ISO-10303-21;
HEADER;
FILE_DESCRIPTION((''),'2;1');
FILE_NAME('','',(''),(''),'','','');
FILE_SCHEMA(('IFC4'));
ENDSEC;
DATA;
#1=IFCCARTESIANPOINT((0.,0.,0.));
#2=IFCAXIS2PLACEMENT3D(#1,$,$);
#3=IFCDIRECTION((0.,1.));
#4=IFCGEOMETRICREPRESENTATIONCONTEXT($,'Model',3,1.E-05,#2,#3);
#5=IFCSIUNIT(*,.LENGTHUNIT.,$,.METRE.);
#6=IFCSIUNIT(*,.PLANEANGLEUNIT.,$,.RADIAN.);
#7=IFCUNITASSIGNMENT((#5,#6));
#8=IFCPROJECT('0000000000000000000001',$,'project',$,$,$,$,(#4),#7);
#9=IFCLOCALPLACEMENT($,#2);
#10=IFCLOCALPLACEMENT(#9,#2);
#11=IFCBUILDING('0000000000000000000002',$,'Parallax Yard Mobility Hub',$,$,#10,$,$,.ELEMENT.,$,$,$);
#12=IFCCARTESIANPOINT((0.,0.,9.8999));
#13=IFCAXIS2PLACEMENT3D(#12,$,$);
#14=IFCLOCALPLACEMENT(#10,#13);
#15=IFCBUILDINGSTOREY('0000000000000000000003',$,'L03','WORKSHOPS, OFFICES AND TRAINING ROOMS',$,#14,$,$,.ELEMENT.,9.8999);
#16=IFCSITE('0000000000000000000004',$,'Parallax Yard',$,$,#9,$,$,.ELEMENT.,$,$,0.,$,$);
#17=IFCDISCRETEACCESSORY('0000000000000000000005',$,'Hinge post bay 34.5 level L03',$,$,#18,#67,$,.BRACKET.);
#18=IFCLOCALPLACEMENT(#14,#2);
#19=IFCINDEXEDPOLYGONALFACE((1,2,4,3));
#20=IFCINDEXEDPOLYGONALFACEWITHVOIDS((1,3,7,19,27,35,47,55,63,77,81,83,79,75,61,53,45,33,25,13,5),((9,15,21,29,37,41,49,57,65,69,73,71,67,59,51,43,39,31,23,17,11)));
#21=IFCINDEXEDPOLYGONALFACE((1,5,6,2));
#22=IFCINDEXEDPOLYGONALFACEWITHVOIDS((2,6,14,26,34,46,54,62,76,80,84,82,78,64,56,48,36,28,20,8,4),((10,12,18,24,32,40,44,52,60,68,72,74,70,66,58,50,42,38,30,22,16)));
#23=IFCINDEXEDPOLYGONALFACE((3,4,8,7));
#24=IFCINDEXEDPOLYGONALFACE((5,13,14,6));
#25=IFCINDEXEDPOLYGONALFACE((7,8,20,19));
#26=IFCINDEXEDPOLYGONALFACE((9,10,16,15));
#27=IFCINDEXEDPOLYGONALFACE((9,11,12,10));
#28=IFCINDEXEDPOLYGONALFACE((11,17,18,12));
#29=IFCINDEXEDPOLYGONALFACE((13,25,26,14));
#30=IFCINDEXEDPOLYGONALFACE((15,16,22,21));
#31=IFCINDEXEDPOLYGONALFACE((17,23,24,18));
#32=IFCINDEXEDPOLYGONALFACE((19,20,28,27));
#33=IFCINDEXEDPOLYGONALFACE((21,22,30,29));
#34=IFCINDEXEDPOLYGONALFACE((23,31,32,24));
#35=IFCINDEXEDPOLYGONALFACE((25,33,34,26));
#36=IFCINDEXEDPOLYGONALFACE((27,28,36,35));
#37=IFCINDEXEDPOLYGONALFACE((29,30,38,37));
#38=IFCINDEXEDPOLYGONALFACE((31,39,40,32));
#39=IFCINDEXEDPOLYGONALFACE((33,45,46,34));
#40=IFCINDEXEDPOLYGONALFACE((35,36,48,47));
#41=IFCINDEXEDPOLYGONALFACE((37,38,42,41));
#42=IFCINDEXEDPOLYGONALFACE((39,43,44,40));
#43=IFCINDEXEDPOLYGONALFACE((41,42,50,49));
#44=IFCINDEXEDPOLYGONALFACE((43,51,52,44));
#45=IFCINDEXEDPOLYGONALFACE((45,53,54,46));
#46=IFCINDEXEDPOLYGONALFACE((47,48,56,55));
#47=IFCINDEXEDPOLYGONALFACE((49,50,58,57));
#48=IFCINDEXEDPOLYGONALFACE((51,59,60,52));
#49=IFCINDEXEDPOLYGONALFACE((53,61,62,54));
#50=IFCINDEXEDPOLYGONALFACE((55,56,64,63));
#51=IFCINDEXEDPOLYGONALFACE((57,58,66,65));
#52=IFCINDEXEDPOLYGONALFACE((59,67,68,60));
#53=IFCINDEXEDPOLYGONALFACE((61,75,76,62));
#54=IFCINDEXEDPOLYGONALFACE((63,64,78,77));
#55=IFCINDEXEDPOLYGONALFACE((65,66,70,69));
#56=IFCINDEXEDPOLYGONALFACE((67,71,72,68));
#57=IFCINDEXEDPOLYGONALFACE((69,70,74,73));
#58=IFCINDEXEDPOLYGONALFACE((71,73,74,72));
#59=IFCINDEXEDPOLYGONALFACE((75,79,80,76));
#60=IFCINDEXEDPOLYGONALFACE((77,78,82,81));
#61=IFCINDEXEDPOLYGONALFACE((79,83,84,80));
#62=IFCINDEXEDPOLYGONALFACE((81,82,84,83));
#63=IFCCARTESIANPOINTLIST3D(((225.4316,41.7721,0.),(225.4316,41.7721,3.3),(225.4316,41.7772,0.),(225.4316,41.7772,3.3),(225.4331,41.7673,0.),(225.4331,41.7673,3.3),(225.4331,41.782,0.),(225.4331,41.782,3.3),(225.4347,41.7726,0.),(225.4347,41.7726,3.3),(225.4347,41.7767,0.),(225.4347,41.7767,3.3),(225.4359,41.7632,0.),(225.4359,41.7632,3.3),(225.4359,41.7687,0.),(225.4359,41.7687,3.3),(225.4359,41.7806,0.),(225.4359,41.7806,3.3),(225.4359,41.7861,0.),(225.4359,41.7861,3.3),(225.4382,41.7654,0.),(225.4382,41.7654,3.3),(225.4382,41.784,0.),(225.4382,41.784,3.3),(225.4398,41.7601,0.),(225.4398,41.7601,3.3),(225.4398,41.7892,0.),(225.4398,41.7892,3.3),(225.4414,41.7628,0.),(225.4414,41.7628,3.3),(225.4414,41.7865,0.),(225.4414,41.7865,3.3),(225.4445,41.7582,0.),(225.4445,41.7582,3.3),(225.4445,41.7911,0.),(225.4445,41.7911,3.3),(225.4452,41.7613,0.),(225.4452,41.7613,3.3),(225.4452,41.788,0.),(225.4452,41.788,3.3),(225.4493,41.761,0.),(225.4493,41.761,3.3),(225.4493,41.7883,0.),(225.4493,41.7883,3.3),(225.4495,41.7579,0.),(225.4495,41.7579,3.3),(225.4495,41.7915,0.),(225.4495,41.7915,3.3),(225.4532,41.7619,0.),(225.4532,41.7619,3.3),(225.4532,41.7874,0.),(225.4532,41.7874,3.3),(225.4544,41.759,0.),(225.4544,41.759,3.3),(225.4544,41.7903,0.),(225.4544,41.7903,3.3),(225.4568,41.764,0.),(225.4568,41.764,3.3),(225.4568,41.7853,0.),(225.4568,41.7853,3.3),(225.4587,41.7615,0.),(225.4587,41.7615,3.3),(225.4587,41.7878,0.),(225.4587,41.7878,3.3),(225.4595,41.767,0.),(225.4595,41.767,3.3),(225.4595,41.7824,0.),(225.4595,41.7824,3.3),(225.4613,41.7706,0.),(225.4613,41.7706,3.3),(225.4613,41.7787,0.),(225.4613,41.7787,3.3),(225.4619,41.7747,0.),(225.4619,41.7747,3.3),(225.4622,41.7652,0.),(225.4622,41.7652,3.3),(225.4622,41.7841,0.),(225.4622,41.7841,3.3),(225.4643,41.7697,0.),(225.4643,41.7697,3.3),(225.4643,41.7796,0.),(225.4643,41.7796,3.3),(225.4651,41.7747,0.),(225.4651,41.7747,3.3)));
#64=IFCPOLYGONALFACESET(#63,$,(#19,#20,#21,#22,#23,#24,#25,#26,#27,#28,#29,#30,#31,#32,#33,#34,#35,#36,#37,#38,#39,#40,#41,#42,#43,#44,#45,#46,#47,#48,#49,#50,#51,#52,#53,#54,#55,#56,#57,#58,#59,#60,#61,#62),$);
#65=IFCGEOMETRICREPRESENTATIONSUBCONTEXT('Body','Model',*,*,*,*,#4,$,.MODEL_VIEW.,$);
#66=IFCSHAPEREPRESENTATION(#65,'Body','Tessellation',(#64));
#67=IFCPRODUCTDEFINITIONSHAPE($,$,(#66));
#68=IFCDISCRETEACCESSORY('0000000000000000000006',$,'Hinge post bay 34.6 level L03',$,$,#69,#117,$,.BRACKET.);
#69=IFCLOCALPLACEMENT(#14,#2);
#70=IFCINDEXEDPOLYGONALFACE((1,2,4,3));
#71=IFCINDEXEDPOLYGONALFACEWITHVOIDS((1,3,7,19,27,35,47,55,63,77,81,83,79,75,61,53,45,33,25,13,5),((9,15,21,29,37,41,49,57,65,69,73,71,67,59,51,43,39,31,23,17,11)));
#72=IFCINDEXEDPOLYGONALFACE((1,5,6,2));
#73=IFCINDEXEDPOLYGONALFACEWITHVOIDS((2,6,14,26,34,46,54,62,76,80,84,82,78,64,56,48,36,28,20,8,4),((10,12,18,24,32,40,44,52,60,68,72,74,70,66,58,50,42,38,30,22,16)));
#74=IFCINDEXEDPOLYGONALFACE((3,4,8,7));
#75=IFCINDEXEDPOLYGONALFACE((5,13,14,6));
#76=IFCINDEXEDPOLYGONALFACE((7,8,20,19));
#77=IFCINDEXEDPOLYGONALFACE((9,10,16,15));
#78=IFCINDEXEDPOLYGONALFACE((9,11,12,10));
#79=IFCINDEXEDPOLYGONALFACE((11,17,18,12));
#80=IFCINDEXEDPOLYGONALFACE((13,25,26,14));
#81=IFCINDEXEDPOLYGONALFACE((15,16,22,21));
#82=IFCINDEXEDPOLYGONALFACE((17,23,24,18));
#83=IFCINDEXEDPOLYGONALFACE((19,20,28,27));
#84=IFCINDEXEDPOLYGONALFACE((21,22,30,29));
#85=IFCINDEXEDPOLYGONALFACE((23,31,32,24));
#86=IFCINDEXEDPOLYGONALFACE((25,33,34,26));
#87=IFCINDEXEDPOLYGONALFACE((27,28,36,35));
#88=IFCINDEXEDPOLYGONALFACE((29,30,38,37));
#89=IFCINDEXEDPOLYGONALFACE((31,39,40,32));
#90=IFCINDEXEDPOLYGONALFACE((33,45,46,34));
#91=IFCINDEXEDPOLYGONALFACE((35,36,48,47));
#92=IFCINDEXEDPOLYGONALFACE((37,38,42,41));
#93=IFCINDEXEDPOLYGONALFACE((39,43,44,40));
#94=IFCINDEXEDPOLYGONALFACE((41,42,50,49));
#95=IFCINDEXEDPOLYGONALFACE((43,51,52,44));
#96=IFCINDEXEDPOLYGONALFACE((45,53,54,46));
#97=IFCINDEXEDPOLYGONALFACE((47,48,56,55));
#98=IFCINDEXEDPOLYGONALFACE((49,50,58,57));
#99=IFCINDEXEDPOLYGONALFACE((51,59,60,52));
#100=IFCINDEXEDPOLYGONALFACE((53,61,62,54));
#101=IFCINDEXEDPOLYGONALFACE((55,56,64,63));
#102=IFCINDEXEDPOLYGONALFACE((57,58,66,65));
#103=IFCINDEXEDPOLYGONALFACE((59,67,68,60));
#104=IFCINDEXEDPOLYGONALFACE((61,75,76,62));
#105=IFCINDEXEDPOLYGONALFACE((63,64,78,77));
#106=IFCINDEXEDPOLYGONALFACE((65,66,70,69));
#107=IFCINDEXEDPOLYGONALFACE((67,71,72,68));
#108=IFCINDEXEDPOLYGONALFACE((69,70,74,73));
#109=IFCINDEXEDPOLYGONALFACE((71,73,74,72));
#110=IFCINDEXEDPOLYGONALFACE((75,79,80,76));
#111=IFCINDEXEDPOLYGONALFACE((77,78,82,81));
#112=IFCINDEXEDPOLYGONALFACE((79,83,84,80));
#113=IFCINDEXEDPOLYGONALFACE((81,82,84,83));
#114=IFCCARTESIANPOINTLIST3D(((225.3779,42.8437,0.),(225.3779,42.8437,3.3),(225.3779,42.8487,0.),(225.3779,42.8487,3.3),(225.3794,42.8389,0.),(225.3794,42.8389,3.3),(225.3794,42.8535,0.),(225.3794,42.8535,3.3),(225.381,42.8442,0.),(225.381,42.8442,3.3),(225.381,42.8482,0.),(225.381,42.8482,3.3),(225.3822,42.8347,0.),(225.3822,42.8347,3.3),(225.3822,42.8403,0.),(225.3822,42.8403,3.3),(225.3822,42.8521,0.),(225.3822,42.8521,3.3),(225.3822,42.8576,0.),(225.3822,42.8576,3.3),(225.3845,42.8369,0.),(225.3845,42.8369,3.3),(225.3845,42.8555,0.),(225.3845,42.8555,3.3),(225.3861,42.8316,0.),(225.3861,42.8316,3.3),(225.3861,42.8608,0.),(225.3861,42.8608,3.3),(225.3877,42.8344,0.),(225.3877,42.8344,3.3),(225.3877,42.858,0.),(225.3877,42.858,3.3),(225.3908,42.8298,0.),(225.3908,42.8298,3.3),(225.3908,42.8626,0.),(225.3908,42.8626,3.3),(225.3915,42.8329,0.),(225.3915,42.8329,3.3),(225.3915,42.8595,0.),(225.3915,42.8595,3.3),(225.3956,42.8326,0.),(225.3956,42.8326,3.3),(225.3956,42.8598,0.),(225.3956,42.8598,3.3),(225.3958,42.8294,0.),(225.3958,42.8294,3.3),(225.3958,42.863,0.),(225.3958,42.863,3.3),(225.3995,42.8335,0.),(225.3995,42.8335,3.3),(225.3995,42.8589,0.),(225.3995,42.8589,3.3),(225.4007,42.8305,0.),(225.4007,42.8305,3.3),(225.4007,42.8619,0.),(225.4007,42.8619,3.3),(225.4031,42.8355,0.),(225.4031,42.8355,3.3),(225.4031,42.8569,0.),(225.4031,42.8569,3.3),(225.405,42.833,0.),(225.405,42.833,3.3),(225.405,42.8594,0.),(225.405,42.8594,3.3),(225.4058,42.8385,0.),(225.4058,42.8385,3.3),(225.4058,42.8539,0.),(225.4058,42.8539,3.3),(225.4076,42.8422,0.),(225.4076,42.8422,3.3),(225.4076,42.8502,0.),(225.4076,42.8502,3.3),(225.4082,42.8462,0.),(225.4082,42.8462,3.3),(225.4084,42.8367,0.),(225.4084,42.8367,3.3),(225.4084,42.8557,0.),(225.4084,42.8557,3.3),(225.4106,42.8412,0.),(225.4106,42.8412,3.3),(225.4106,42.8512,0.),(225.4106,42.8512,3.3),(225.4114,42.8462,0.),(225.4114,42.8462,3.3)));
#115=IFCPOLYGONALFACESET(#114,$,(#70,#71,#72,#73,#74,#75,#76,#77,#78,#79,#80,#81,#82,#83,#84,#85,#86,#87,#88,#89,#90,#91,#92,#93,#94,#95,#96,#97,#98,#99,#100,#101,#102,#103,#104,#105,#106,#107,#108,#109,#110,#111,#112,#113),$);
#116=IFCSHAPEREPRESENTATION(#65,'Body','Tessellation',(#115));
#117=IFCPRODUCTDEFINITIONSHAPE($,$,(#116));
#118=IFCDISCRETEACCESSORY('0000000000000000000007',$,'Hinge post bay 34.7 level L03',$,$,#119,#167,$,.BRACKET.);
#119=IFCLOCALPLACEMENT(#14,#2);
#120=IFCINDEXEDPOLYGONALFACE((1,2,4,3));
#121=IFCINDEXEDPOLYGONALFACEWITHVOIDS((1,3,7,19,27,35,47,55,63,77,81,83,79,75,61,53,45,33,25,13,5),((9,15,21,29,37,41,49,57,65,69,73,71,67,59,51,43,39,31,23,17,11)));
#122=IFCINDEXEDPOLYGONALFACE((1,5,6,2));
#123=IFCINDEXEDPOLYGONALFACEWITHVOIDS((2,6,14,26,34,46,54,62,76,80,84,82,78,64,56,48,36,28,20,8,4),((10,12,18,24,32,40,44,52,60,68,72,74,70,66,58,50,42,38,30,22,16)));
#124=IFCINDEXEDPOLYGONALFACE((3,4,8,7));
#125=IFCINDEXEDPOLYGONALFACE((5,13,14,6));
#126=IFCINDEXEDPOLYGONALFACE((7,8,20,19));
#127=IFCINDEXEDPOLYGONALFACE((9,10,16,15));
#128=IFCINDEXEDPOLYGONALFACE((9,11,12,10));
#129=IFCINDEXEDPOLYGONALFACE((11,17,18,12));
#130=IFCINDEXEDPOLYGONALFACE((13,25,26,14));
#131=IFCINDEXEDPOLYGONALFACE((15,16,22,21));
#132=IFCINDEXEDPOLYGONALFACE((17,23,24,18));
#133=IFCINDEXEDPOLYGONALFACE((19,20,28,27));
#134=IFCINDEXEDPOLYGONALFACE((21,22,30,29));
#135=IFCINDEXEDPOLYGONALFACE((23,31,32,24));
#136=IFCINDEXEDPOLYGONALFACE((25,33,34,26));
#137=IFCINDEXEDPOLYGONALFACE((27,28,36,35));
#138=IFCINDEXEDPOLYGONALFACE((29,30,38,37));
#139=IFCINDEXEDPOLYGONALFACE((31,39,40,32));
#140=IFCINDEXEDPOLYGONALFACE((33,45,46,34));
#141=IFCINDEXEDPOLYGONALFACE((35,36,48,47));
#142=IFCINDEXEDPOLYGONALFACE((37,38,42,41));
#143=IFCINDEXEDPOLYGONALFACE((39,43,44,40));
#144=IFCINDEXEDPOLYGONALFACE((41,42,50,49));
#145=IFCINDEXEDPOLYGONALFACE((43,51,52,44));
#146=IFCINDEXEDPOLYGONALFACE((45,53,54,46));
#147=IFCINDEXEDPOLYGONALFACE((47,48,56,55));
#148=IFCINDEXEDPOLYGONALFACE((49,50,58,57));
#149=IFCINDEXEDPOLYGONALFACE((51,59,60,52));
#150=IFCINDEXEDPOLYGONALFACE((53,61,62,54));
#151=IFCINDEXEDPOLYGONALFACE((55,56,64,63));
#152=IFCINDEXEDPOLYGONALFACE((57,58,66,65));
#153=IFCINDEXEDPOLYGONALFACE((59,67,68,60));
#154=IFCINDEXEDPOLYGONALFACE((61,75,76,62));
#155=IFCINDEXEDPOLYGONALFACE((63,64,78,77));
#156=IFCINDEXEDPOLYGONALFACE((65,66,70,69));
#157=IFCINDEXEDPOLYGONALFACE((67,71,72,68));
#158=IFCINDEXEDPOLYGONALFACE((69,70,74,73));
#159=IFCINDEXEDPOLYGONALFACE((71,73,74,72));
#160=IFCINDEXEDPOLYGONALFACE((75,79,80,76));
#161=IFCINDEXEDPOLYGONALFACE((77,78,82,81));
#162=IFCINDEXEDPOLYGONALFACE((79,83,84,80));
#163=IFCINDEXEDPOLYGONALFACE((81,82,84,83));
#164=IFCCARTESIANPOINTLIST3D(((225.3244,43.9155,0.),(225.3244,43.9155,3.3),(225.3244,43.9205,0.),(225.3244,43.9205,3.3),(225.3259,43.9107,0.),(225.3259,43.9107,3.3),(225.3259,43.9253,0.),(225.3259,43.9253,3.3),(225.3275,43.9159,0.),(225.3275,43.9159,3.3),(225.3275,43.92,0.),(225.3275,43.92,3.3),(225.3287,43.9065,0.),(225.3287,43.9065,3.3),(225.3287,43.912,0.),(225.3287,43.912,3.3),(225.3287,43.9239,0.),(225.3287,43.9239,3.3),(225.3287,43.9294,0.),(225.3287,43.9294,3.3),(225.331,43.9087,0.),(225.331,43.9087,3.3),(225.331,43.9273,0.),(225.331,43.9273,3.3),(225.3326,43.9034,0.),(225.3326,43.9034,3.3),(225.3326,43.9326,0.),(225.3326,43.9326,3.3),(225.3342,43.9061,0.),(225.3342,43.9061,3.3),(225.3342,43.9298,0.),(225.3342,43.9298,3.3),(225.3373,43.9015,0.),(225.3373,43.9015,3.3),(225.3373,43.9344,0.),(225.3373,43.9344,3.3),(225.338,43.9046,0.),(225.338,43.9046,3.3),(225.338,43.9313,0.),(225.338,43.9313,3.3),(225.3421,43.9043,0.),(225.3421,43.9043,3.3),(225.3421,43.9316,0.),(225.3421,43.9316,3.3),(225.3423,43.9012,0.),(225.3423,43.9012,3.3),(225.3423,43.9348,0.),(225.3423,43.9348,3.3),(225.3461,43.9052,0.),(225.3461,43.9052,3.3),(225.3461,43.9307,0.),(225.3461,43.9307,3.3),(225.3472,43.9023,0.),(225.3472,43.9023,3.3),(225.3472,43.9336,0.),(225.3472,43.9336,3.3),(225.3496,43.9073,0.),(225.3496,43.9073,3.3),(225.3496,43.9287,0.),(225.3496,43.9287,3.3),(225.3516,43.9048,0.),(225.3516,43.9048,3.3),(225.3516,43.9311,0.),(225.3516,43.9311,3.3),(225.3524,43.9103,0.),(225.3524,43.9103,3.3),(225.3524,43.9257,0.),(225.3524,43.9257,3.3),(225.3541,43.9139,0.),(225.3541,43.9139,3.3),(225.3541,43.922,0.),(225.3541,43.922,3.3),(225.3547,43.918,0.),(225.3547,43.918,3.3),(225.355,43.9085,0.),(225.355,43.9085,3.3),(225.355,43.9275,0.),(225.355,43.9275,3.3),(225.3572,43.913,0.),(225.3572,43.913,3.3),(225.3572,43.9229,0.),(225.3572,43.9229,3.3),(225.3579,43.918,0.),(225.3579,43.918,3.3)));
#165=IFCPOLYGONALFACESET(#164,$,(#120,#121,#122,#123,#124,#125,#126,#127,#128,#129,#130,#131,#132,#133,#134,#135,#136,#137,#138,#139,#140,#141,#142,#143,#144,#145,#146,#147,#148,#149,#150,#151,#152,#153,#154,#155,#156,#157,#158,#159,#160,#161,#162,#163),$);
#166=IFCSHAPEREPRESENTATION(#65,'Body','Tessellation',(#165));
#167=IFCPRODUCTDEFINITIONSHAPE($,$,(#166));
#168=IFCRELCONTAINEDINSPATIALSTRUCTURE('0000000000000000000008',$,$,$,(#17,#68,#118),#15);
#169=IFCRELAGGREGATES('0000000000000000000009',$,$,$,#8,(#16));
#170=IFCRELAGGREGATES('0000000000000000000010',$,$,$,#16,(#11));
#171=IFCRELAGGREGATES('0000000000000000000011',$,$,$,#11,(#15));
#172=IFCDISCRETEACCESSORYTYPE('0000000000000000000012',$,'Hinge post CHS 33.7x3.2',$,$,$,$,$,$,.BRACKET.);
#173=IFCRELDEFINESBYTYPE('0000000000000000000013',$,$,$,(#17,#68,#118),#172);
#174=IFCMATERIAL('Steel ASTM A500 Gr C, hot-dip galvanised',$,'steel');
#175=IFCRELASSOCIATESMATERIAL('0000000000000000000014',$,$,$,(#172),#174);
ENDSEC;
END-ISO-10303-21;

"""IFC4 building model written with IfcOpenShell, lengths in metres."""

from ifc_helpers import new_model, si_unit, direction, frame, origin, origin_2d, place, context, subcontext, project, spatial, hollow_circle, extrude, material, material_profile, profile_set, type_object, element, save


model = new_model("IFC4")

# Units and contexts
model_context = context("Model", 3, precision=1e-05, world=origin(), true_north=direction((0.0, 1.0)))
body_context = subcontext(model_context, "Body", "Model", "MODEL_VIEW")
ifc_project = project(units=[si_unit("LENGTHUNIT", "METRE"), si_unit("PLANEANGLEUNIT", "RADIAN")], contexts=[model_context])

# Site, building, storey
site_placement = place(None, origin())
site = spatial("IfcSite", under=ifc_project, at=site_placement, Name="Parallax Yard", CompositionType="ELEMENT", RefElevation=0.0)
building_placement = place(site_placement, origin())
building = spatial("IfcBuilding", under=site, at=building_placement, Name="Parallax Yard Mobility Hub", CompositionType="ELEMENT")
storey_placement = place(building_placement, frame((0.0, 0.0, 9.8999)))
storey = spatial("IfcBuildingStorey", under=building, at=storey_placement, Name="L03", Description="WORKSHOPS, OFFICES AND TRAINING ROOMS", CompositionType="ELEMENT", Elevation=9.8999)

# Discrete accessories
ifc_material_1 = material(Name="Steel ASTM A500 Gr C, hot-dip galvanised", Category="steel")
ifc_material_profile_1 = material_profile(ifc_material_1, hollow_circle(Radius=0.0168, WallThickness=0.0032, at=origin_2d()), Name="CHS 33.7x3.2")
ifc_profile_set_1 = profile_set([ifc_material_profile_1], Name="Steel ASTM A500 Gr C, hot-dip galvanised")
discrete_accessory_type_1 = type_object("IfcDiscreteAccessoryType", Name="Hinge post CHS 33.7x3.2", PredefinedType="BRACKET", material=ifc_profile_set_1)
for number, where, z_axis, x_axis, name in (
    (1, (225.4482, 41.7747, 0.0), (0.0, 0.0, 1.0), (1.0, 0.0, 0.0), "Hinge post bay 34.5 level L03"),
    (2, (225.3945, 42.8462, 0.0), (0.0, 0.0, 1.0), (1.0, 0.0, 0.0), "Hinge post bay 34.6 level L03"),
    (3, (225.3411, 43.918, 0.0), (0.0, 0.0, 1.0), (1.0, 0.0, 0.0), "Hinge post bay 34.7 level L03"),
):
    element("IfcDiscreteAccessory", number, at=place(storey_placement, frame(where, z_axis=z_axis, x_axis=x_axis)), inside=storey, type_object=discrete_accessory_type_1, Name=name, PredefinedType="BRACKET", context=body_context, shape_type="SweptSolid", body=[
        extrude(hollow_circle(Radius=0.0168, WallThickness=0.0032, at=origin_2d()), origin(), (0.0, 0.0, 1.0), 3.3),
    ])

save(model, "model.ifc")
